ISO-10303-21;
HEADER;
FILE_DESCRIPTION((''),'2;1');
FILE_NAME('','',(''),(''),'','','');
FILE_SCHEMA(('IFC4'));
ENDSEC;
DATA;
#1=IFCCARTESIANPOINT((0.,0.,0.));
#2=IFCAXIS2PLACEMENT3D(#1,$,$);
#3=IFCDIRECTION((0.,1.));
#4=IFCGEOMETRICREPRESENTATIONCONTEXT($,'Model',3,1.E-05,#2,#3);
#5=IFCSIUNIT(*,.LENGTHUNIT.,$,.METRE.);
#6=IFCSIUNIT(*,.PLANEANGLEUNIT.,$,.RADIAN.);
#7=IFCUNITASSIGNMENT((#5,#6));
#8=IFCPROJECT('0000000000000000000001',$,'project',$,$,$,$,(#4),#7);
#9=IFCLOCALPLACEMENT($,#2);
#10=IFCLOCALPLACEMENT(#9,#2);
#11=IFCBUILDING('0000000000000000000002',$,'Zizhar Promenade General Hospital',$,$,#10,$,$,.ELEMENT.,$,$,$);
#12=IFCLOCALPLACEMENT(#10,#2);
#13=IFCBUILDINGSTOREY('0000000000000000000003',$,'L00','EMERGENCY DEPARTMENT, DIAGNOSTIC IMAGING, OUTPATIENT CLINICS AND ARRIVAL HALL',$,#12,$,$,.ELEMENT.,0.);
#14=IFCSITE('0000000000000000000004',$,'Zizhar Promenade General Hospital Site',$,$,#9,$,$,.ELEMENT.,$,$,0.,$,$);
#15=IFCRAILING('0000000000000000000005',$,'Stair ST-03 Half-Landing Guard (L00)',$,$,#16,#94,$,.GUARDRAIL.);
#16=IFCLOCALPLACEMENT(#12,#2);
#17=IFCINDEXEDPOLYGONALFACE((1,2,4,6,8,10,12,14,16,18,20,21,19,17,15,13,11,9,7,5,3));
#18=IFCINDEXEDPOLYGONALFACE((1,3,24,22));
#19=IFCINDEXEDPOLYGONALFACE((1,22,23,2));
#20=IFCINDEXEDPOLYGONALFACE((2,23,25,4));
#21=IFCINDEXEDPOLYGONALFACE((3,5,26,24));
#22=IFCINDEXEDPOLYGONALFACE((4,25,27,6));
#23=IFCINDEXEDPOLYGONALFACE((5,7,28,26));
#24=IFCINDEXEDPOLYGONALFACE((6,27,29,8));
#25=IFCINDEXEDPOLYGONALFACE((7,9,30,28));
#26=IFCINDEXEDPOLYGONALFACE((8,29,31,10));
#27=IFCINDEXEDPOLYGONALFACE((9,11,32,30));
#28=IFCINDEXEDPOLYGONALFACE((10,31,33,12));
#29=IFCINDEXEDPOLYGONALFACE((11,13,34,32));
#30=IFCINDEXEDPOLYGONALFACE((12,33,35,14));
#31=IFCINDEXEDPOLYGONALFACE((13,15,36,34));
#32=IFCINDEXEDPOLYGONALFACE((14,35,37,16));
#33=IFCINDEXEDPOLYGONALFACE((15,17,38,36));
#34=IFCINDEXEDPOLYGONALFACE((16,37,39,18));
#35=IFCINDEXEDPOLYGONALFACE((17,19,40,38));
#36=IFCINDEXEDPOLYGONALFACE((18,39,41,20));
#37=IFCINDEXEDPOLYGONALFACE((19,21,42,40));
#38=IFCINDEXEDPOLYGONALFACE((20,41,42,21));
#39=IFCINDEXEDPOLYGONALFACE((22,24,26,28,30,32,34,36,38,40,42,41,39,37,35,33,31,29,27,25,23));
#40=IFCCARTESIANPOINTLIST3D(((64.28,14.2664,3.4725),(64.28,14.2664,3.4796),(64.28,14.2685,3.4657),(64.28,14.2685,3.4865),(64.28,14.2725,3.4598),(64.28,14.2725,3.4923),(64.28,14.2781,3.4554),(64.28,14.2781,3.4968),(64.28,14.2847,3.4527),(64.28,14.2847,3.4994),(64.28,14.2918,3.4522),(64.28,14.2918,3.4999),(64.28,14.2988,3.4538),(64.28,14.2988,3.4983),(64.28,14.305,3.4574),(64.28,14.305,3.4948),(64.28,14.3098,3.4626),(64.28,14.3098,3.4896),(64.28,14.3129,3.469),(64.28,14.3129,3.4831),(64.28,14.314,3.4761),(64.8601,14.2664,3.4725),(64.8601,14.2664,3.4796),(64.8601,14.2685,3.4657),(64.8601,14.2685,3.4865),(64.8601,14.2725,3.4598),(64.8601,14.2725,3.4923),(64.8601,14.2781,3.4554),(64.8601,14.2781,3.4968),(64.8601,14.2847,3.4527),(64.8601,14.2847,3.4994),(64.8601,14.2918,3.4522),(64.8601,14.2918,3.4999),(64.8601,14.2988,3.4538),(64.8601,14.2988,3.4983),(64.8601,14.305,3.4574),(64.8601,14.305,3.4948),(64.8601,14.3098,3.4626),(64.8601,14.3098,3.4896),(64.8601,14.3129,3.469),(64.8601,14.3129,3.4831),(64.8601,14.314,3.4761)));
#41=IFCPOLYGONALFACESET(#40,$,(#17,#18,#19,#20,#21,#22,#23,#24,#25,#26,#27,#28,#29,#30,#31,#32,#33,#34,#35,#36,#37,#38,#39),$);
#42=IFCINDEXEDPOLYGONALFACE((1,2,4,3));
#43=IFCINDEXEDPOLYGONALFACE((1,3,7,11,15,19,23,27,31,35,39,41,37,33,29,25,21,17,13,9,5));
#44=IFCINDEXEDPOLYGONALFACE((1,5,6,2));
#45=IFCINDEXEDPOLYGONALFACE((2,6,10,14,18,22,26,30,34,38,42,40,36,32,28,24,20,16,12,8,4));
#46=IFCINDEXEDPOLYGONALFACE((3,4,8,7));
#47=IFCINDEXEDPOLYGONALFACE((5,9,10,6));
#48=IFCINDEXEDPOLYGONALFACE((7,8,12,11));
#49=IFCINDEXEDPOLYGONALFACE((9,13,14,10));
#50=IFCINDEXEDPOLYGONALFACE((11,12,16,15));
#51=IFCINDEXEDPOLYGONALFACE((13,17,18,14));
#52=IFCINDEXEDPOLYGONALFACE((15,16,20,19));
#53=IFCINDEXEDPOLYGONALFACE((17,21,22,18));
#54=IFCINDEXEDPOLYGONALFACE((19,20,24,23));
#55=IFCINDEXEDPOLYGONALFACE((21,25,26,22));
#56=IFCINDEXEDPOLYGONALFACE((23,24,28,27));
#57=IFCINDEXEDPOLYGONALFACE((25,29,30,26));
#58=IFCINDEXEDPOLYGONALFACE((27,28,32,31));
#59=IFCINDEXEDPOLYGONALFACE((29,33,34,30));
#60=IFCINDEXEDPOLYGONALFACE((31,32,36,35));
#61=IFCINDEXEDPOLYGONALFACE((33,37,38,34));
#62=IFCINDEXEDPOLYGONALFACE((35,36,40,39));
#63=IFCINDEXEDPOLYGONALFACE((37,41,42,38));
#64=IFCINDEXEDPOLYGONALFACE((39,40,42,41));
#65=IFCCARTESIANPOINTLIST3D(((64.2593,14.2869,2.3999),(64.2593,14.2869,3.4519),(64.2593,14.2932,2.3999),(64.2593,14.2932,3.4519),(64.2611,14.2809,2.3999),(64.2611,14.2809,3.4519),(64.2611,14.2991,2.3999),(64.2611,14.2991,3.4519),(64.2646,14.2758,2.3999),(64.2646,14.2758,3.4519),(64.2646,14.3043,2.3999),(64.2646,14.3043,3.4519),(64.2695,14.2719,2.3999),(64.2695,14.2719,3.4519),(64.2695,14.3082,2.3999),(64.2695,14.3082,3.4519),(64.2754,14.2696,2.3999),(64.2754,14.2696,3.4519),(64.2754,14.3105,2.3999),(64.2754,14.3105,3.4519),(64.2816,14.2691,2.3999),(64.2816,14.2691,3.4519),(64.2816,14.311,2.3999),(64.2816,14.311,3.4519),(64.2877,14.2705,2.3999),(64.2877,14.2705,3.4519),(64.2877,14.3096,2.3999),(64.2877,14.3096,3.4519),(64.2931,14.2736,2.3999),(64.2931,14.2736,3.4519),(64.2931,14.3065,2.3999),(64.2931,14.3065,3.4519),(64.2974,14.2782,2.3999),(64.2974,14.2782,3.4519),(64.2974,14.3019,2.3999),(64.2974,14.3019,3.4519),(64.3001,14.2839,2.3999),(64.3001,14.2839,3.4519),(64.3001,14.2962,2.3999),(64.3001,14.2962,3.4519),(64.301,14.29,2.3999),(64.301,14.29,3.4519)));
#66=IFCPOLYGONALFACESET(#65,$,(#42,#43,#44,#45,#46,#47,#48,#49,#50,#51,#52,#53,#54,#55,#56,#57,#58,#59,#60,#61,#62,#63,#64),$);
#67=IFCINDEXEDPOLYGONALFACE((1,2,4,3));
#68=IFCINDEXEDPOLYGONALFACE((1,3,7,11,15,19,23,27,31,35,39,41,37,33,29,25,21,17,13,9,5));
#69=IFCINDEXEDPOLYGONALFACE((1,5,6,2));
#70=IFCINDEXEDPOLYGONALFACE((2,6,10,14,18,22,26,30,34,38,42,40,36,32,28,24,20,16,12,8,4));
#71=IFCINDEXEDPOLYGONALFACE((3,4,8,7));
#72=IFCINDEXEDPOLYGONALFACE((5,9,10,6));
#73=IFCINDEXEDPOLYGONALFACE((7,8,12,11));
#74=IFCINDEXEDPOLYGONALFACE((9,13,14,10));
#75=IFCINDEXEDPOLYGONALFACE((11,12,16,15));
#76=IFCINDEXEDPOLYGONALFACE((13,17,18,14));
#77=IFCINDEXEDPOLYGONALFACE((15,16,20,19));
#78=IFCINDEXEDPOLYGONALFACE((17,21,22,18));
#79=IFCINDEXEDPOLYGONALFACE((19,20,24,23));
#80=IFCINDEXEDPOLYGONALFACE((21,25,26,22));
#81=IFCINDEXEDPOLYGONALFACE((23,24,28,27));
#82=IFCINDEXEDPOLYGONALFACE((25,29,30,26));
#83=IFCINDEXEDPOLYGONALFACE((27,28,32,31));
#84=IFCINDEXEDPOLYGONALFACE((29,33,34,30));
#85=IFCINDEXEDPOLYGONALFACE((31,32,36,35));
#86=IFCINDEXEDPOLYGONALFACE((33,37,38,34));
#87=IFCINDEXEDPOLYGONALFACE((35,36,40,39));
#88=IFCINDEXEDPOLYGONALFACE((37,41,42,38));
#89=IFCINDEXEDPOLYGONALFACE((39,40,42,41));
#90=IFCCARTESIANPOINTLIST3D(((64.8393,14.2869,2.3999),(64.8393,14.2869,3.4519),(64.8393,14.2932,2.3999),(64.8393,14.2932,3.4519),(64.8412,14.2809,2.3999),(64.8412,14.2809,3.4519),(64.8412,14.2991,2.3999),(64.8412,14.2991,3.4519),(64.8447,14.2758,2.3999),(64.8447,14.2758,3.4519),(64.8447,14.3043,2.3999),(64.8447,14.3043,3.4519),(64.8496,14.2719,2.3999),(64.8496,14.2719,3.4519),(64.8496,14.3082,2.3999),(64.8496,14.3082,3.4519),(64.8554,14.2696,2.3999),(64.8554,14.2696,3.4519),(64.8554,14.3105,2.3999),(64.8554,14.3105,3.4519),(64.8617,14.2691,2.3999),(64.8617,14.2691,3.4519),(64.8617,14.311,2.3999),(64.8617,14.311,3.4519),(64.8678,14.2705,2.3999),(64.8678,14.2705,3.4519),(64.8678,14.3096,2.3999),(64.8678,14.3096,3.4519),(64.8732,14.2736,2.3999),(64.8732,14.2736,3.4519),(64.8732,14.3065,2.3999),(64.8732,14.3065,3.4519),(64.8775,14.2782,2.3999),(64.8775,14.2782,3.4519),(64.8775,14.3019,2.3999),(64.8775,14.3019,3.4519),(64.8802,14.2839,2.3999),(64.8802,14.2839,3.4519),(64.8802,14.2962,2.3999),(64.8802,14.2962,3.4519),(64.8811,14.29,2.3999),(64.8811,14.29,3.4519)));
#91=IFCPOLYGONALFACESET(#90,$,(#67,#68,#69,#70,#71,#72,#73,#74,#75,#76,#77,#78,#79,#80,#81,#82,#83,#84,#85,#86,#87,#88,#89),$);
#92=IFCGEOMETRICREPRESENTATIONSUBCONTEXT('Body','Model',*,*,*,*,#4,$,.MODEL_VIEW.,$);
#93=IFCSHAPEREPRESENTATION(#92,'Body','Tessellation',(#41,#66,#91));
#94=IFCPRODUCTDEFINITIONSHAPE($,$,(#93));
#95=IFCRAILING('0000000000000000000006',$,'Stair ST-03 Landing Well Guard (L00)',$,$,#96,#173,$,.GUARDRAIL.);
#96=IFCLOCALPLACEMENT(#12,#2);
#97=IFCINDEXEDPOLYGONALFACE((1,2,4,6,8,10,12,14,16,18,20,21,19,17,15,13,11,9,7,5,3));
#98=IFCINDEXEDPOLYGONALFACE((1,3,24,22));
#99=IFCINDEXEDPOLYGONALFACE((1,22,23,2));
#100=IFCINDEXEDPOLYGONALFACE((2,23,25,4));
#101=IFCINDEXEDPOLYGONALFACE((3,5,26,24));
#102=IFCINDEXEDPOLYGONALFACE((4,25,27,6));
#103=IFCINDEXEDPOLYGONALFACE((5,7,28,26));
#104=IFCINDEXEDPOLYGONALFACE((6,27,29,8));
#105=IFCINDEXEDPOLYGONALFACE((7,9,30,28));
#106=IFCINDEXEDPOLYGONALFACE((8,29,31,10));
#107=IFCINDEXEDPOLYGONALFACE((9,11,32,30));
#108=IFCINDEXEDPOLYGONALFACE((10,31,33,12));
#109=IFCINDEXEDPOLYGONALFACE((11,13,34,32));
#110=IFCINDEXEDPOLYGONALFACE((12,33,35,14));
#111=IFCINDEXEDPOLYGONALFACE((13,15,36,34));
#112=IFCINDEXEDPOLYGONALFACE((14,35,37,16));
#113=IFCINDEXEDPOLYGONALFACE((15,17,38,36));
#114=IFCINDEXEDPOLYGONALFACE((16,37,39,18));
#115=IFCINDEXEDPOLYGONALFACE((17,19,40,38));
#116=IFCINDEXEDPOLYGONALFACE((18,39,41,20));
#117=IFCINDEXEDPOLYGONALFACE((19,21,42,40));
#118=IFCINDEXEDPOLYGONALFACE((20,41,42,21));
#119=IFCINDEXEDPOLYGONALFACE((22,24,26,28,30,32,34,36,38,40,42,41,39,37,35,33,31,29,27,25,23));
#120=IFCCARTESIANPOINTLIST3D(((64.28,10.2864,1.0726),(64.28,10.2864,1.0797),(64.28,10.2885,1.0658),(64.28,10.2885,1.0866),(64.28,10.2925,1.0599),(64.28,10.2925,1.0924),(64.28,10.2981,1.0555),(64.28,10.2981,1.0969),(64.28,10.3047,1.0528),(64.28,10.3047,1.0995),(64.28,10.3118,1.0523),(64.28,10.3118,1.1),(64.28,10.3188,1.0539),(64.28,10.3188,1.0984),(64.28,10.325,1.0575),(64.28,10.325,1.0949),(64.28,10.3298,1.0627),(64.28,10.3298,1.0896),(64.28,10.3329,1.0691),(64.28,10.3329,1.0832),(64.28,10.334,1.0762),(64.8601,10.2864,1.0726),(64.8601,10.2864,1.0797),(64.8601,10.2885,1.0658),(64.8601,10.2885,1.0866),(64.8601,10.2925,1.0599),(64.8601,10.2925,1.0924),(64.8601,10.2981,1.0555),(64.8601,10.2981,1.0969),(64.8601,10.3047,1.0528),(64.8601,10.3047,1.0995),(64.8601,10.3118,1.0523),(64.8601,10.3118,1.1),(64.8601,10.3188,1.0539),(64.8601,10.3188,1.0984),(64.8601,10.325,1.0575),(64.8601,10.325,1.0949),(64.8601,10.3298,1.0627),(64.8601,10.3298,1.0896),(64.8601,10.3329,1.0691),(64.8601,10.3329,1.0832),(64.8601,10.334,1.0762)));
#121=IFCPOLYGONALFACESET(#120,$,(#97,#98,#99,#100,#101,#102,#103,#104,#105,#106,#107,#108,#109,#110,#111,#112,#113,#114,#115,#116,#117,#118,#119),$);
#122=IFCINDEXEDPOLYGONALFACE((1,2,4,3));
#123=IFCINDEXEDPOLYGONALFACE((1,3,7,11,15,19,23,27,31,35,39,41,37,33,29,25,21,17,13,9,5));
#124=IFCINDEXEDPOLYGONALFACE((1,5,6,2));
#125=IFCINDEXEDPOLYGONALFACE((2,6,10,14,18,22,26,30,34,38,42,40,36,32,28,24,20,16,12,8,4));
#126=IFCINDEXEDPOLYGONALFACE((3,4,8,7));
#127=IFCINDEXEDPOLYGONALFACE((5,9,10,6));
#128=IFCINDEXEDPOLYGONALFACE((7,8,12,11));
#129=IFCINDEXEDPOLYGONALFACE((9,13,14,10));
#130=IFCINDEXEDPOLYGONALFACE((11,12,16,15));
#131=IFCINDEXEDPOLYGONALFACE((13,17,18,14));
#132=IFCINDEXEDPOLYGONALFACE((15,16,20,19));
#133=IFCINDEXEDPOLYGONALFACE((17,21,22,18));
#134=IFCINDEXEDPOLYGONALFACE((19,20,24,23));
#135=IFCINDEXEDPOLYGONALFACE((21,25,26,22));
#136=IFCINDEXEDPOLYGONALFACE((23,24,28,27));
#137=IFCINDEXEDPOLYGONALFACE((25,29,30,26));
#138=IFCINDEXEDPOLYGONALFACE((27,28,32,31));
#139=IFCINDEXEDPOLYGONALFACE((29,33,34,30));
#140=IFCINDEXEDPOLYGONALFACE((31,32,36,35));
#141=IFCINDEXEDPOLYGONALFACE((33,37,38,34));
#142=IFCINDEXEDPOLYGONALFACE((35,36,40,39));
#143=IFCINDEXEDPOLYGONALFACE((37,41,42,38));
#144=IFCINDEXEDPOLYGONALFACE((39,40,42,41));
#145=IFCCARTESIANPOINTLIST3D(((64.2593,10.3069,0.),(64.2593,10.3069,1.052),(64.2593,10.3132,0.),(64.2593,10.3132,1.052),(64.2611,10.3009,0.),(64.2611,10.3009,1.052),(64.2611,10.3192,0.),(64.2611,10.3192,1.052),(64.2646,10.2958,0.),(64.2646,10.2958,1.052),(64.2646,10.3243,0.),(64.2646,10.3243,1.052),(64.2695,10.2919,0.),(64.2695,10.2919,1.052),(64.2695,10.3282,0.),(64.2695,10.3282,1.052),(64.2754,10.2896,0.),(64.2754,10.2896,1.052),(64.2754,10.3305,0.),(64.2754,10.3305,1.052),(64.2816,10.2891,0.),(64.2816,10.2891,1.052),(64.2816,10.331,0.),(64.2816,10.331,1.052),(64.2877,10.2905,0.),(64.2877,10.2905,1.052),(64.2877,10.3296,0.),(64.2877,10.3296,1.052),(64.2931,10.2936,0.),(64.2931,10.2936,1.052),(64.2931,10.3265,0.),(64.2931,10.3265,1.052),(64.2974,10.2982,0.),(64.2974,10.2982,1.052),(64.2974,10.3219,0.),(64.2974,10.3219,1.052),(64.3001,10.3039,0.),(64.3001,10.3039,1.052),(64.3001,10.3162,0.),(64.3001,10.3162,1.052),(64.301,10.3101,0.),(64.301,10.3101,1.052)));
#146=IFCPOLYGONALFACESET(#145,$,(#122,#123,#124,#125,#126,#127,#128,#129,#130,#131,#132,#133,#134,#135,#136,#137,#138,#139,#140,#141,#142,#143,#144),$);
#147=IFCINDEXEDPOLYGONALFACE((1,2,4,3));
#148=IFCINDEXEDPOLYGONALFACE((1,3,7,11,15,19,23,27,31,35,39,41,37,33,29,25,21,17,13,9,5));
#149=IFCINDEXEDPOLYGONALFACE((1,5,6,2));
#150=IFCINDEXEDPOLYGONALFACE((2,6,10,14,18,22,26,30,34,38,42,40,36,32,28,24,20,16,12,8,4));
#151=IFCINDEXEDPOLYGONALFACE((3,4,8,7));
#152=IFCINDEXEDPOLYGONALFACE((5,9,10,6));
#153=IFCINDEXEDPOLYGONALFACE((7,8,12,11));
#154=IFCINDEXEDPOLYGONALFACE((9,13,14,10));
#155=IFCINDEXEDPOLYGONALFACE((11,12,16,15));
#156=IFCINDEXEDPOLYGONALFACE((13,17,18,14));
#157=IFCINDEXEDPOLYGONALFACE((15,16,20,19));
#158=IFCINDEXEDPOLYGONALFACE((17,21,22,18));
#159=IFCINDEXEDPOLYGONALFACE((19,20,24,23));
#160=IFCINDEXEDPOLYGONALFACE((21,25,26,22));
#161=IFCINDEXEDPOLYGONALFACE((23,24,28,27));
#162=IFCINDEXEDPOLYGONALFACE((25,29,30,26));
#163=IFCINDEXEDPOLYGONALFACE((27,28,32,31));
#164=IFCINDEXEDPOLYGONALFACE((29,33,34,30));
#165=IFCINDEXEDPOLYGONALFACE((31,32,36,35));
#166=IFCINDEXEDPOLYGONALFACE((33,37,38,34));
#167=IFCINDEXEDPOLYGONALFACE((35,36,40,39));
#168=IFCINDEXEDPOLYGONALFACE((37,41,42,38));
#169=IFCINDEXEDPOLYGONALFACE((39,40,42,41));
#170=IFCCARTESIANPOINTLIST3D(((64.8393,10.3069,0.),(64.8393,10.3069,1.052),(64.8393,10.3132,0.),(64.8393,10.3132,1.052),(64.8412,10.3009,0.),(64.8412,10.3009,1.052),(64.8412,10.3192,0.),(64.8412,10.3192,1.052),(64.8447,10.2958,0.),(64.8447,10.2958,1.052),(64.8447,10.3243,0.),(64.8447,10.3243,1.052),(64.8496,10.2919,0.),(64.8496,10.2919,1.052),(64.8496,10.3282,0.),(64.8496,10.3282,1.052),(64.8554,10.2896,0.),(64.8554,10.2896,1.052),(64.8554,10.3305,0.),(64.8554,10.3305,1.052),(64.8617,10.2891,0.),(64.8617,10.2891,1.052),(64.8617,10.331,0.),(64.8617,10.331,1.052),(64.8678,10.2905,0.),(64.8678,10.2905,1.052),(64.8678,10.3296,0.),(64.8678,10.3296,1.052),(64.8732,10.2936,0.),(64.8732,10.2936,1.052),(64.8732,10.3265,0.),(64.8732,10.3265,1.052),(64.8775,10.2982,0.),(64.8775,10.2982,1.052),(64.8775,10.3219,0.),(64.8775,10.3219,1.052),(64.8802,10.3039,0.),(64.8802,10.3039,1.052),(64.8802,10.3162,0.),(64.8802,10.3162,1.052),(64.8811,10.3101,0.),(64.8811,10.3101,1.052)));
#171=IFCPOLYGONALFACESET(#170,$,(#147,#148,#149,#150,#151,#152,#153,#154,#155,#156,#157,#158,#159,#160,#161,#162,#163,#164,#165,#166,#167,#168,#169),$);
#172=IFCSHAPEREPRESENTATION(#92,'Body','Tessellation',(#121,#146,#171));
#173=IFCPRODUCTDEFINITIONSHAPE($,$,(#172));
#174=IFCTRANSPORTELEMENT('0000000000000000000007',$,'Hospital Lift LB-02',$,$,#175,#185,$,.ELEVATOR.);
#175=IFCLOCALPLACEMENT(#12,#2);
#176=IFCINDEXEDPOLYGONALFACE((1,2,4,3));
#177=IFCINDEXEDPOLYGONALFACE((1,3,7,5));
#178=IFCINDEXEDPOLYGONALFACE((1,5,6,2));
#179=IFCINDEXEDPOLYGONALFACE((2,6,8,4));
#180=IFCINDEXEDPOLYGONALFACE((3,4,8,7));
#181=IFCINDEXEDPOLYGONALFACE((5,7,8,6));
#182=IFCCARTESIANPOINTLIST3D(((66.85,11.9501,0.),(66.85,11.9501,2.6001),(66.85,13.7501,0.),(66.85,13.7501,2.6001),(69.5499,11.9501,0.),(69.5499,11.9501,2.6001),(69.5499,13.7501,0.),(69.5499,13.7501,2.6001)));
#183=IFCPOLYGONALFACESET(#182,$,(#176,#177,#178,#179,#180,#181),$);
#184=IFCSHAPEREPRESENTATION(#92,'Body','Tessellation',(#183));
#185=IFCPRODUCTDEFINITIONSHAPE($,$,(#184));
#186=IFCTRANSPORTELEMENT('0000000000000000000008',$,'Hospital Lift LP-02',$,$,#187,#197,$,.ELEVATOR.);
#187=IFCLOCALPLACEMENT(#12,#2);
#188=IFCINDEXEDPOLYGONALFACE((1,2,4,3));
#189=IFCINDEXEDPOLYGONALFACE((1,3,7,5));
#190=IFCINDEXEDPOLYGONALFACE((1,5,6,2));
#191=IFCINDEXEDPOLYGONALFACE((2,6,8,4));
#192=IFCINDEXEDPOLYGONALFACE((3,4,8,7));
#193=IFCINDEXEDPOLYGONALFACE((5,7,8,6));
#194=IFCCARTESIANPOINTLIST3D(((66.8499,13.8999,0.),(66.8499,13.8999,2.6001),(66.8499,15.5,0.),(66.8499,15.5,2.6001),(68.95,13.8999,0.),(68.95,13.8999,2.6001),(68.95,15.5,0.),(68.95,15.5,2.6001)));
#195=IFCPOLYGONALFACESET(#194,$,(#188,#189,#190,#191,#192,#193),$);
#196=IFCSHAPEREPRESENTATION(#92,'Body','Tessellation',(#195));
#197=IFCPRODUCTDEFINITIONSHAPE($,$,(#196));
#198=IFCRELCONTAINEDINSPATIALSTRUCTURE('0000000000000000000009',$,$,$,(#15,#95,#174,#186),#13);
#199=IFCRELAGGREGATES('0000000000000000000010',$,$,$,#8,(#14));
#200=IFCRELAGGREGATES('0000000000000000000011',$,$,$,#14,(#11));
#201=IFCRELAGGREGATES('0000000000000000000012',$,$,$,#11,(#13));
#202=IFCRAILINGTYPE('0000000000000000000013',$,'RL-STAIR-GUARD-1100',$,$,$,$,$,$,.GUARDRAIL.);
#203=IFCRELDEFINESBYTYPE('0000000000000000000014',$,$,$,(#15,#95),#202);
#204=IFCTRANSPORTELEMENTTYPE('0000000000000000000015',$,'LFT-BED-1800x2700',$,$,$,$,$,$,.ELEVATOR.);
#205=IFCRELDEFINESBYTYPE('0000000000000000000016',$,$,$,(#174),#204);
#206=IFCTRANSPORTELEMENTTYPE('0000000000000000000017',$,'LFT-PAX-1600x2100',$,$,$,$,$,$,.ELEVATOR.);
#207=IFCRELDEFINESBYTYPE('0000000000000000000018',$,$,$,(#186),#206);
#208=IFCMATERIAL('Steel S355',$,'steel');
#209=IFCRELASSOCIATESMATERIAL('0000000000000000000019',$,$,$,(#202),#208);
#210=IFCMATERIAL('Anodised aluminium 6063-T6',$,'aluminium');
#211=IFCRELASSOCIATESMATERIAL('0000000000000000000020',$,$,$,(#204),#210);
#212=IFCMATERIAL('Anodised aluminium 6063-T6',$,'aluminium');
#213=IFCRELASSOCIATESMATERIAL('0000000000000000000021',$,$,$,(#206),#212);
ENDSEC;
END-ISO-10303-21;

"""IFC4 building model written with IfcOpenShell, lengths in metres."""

from ifc_helpers import new_model, si_unit, direction, frame, origin, origin_2d, place, context, subcontext, project, spatial, rectangle, circle, hollow_circle, extrude, material, material_profile, profile_set, type_object, element, save


model = new_model("IFC4")

# Units and contexts
model_context = context("Model", 3, precision=1e-05, world=origin(), true_north=direction((0.0, 1.0)))
body_context = subcontext(model_context, "Body", "Model", "MODEL_VIEW")
ifc_project = project(units=[si_unit("LENGTHUNIT", "METRE"), si_unit("PLANEANGLEUNIT", "RADIAN")], contexts=[model_context])

# Site, building, storey
site_placement = place(None, origin())
site = spatial("IfcSite", under=ifc_project, at=site_placement, Name="Zizhar Promenade General Hospital Site", CompositionType="ELEMENT", RefElevation=0.0)
building_placement = place(site_placement, origin())
building = spatial("IfcBuilding", under=site, at=building_placement, Name="Zizhar Promenade General Hospital", CompositionType="ELEMENT")
storey_placement = place(building_placement, origin())
storey = spatial("IfcBuildingStorey", under=building, at=storey_placement, Name="L00", Description="EMERGENCY DEPARTMENT, DIAGNOSTIC IMAGING, OUTPATIENT CLINICS AND ARRIVAL HALL", CompositionType="ELEMENT", Elevation=0.0)

# Railings
ifc_material_1 = material(Name="Steel S355", Category="steel")
ifc_material_profile_1 = material_profile(ifc_material_1, hollow_circle(Radius=0.0698, WallThickness=0.0063, at=origin_2d()))
ifc_profile_set_1 = profile_set([ifc_material_profile_1], Name="Steel S355")
railing_type_1 = type_object("IfcRailingType", Name="RL-STAIR-GUARD-1100", PredefinedType="GUARDRAIL", material=ifc_profile_set_1)
for number, where, name in (
    (1, (64.28, 14.29, 2.3999), "Stair ST-03 Half-Landing Guard (L00)"),
    (2, (64.28, 10.3101, 0.0), "Stair ST-03 Landing Well Guard (L00)"),
):
    element("IfcRailing", number, at=place(storey_placement, frame(where)), inside=storey, type_object=railing_type_1, Name=name, PredefinedType="GUARDRAIL", context=body_context, shape_type="SweptSolid", body=[
        extrude(circle(Radius=0.0239, at=origin_2d()), frame((0.0, 0.0, 1.0762), z_axis=(1.0, 0.0, 0.0), x_axis=(0.0, 1.0, 0.0)), (0.0, 0.0, 1.0), 0.5801),
        extrude(circle(Radius=0.021, at=origin_2d()), origin(), (0.0, 0.0, 1.0), 1.052),
        extrude(circle(Radius=0.021, at=origin_2d()), frame((0.5801, 0.0, 0.0)), (0.0, 0.0, 1.0), 1.052),
    ])

# Transport elements
ifc_material_2 = material(Name="Anodised aluminium 6063-T6", Category="aluminium")
transport_element_type_1 = type_object("IfcTransportElementType", Name="LFT-BED-1800x2700", PredefinedType="ELEVATOR", material=ifc_material_2)
transport_element_1_placement = place(storey_placement, frame((68.2, 12.8501, 0.0), z_axis=(0.0, 0.0, 1.0), x_axis=(1.0, 0.0, 0.0)))
element("IfcTransportElement", 3, at=transport_element_1_placement, inside=storey, type_object=transport_element_type_1, Name="Hospital Lift LB-02", PredefinedType="ELEVATOR", context=body_context, shape_type="SweptSolid", body=[
    extrude(rectangle(XDim=2.7, YDim=1.8, at=origin_2d()), origin(), (0.0, 0.0, 1.0), 2.6001),
])
ifc_material_3 = material(Name="Anodised aluminium 6063-T6", Category="aluminium")
transport_element_type_2 = type_object("IfcTransportElementType", Name="LFT-PAX-1600x2100", PredefinedType="ELEVATOR", material=ifc_material_3)
transport_element_2_placement = place(storey_placement, frame((67.8999, 14.7, 0.0), z_axis=(0.0, 0.0, 1.0), x_axis=(1.0, 0.0, 0.0)))
element("IfcTransportElement", 4, at=transport_element_2_placement, inside=storey, type_object=transport_element_type_2, Name="Hospital Lift LP-02", PredefinedType="ELEVATOR", context=body_context, shape_type="SweptSolid", body=[
    extrude(rectangle(XDim=2.1001, YDim=1.6001, at=origin_2d()), origin(), (0.0, 0.0, 1.0), 2.6001),
])

save(model, "model.ifc")
